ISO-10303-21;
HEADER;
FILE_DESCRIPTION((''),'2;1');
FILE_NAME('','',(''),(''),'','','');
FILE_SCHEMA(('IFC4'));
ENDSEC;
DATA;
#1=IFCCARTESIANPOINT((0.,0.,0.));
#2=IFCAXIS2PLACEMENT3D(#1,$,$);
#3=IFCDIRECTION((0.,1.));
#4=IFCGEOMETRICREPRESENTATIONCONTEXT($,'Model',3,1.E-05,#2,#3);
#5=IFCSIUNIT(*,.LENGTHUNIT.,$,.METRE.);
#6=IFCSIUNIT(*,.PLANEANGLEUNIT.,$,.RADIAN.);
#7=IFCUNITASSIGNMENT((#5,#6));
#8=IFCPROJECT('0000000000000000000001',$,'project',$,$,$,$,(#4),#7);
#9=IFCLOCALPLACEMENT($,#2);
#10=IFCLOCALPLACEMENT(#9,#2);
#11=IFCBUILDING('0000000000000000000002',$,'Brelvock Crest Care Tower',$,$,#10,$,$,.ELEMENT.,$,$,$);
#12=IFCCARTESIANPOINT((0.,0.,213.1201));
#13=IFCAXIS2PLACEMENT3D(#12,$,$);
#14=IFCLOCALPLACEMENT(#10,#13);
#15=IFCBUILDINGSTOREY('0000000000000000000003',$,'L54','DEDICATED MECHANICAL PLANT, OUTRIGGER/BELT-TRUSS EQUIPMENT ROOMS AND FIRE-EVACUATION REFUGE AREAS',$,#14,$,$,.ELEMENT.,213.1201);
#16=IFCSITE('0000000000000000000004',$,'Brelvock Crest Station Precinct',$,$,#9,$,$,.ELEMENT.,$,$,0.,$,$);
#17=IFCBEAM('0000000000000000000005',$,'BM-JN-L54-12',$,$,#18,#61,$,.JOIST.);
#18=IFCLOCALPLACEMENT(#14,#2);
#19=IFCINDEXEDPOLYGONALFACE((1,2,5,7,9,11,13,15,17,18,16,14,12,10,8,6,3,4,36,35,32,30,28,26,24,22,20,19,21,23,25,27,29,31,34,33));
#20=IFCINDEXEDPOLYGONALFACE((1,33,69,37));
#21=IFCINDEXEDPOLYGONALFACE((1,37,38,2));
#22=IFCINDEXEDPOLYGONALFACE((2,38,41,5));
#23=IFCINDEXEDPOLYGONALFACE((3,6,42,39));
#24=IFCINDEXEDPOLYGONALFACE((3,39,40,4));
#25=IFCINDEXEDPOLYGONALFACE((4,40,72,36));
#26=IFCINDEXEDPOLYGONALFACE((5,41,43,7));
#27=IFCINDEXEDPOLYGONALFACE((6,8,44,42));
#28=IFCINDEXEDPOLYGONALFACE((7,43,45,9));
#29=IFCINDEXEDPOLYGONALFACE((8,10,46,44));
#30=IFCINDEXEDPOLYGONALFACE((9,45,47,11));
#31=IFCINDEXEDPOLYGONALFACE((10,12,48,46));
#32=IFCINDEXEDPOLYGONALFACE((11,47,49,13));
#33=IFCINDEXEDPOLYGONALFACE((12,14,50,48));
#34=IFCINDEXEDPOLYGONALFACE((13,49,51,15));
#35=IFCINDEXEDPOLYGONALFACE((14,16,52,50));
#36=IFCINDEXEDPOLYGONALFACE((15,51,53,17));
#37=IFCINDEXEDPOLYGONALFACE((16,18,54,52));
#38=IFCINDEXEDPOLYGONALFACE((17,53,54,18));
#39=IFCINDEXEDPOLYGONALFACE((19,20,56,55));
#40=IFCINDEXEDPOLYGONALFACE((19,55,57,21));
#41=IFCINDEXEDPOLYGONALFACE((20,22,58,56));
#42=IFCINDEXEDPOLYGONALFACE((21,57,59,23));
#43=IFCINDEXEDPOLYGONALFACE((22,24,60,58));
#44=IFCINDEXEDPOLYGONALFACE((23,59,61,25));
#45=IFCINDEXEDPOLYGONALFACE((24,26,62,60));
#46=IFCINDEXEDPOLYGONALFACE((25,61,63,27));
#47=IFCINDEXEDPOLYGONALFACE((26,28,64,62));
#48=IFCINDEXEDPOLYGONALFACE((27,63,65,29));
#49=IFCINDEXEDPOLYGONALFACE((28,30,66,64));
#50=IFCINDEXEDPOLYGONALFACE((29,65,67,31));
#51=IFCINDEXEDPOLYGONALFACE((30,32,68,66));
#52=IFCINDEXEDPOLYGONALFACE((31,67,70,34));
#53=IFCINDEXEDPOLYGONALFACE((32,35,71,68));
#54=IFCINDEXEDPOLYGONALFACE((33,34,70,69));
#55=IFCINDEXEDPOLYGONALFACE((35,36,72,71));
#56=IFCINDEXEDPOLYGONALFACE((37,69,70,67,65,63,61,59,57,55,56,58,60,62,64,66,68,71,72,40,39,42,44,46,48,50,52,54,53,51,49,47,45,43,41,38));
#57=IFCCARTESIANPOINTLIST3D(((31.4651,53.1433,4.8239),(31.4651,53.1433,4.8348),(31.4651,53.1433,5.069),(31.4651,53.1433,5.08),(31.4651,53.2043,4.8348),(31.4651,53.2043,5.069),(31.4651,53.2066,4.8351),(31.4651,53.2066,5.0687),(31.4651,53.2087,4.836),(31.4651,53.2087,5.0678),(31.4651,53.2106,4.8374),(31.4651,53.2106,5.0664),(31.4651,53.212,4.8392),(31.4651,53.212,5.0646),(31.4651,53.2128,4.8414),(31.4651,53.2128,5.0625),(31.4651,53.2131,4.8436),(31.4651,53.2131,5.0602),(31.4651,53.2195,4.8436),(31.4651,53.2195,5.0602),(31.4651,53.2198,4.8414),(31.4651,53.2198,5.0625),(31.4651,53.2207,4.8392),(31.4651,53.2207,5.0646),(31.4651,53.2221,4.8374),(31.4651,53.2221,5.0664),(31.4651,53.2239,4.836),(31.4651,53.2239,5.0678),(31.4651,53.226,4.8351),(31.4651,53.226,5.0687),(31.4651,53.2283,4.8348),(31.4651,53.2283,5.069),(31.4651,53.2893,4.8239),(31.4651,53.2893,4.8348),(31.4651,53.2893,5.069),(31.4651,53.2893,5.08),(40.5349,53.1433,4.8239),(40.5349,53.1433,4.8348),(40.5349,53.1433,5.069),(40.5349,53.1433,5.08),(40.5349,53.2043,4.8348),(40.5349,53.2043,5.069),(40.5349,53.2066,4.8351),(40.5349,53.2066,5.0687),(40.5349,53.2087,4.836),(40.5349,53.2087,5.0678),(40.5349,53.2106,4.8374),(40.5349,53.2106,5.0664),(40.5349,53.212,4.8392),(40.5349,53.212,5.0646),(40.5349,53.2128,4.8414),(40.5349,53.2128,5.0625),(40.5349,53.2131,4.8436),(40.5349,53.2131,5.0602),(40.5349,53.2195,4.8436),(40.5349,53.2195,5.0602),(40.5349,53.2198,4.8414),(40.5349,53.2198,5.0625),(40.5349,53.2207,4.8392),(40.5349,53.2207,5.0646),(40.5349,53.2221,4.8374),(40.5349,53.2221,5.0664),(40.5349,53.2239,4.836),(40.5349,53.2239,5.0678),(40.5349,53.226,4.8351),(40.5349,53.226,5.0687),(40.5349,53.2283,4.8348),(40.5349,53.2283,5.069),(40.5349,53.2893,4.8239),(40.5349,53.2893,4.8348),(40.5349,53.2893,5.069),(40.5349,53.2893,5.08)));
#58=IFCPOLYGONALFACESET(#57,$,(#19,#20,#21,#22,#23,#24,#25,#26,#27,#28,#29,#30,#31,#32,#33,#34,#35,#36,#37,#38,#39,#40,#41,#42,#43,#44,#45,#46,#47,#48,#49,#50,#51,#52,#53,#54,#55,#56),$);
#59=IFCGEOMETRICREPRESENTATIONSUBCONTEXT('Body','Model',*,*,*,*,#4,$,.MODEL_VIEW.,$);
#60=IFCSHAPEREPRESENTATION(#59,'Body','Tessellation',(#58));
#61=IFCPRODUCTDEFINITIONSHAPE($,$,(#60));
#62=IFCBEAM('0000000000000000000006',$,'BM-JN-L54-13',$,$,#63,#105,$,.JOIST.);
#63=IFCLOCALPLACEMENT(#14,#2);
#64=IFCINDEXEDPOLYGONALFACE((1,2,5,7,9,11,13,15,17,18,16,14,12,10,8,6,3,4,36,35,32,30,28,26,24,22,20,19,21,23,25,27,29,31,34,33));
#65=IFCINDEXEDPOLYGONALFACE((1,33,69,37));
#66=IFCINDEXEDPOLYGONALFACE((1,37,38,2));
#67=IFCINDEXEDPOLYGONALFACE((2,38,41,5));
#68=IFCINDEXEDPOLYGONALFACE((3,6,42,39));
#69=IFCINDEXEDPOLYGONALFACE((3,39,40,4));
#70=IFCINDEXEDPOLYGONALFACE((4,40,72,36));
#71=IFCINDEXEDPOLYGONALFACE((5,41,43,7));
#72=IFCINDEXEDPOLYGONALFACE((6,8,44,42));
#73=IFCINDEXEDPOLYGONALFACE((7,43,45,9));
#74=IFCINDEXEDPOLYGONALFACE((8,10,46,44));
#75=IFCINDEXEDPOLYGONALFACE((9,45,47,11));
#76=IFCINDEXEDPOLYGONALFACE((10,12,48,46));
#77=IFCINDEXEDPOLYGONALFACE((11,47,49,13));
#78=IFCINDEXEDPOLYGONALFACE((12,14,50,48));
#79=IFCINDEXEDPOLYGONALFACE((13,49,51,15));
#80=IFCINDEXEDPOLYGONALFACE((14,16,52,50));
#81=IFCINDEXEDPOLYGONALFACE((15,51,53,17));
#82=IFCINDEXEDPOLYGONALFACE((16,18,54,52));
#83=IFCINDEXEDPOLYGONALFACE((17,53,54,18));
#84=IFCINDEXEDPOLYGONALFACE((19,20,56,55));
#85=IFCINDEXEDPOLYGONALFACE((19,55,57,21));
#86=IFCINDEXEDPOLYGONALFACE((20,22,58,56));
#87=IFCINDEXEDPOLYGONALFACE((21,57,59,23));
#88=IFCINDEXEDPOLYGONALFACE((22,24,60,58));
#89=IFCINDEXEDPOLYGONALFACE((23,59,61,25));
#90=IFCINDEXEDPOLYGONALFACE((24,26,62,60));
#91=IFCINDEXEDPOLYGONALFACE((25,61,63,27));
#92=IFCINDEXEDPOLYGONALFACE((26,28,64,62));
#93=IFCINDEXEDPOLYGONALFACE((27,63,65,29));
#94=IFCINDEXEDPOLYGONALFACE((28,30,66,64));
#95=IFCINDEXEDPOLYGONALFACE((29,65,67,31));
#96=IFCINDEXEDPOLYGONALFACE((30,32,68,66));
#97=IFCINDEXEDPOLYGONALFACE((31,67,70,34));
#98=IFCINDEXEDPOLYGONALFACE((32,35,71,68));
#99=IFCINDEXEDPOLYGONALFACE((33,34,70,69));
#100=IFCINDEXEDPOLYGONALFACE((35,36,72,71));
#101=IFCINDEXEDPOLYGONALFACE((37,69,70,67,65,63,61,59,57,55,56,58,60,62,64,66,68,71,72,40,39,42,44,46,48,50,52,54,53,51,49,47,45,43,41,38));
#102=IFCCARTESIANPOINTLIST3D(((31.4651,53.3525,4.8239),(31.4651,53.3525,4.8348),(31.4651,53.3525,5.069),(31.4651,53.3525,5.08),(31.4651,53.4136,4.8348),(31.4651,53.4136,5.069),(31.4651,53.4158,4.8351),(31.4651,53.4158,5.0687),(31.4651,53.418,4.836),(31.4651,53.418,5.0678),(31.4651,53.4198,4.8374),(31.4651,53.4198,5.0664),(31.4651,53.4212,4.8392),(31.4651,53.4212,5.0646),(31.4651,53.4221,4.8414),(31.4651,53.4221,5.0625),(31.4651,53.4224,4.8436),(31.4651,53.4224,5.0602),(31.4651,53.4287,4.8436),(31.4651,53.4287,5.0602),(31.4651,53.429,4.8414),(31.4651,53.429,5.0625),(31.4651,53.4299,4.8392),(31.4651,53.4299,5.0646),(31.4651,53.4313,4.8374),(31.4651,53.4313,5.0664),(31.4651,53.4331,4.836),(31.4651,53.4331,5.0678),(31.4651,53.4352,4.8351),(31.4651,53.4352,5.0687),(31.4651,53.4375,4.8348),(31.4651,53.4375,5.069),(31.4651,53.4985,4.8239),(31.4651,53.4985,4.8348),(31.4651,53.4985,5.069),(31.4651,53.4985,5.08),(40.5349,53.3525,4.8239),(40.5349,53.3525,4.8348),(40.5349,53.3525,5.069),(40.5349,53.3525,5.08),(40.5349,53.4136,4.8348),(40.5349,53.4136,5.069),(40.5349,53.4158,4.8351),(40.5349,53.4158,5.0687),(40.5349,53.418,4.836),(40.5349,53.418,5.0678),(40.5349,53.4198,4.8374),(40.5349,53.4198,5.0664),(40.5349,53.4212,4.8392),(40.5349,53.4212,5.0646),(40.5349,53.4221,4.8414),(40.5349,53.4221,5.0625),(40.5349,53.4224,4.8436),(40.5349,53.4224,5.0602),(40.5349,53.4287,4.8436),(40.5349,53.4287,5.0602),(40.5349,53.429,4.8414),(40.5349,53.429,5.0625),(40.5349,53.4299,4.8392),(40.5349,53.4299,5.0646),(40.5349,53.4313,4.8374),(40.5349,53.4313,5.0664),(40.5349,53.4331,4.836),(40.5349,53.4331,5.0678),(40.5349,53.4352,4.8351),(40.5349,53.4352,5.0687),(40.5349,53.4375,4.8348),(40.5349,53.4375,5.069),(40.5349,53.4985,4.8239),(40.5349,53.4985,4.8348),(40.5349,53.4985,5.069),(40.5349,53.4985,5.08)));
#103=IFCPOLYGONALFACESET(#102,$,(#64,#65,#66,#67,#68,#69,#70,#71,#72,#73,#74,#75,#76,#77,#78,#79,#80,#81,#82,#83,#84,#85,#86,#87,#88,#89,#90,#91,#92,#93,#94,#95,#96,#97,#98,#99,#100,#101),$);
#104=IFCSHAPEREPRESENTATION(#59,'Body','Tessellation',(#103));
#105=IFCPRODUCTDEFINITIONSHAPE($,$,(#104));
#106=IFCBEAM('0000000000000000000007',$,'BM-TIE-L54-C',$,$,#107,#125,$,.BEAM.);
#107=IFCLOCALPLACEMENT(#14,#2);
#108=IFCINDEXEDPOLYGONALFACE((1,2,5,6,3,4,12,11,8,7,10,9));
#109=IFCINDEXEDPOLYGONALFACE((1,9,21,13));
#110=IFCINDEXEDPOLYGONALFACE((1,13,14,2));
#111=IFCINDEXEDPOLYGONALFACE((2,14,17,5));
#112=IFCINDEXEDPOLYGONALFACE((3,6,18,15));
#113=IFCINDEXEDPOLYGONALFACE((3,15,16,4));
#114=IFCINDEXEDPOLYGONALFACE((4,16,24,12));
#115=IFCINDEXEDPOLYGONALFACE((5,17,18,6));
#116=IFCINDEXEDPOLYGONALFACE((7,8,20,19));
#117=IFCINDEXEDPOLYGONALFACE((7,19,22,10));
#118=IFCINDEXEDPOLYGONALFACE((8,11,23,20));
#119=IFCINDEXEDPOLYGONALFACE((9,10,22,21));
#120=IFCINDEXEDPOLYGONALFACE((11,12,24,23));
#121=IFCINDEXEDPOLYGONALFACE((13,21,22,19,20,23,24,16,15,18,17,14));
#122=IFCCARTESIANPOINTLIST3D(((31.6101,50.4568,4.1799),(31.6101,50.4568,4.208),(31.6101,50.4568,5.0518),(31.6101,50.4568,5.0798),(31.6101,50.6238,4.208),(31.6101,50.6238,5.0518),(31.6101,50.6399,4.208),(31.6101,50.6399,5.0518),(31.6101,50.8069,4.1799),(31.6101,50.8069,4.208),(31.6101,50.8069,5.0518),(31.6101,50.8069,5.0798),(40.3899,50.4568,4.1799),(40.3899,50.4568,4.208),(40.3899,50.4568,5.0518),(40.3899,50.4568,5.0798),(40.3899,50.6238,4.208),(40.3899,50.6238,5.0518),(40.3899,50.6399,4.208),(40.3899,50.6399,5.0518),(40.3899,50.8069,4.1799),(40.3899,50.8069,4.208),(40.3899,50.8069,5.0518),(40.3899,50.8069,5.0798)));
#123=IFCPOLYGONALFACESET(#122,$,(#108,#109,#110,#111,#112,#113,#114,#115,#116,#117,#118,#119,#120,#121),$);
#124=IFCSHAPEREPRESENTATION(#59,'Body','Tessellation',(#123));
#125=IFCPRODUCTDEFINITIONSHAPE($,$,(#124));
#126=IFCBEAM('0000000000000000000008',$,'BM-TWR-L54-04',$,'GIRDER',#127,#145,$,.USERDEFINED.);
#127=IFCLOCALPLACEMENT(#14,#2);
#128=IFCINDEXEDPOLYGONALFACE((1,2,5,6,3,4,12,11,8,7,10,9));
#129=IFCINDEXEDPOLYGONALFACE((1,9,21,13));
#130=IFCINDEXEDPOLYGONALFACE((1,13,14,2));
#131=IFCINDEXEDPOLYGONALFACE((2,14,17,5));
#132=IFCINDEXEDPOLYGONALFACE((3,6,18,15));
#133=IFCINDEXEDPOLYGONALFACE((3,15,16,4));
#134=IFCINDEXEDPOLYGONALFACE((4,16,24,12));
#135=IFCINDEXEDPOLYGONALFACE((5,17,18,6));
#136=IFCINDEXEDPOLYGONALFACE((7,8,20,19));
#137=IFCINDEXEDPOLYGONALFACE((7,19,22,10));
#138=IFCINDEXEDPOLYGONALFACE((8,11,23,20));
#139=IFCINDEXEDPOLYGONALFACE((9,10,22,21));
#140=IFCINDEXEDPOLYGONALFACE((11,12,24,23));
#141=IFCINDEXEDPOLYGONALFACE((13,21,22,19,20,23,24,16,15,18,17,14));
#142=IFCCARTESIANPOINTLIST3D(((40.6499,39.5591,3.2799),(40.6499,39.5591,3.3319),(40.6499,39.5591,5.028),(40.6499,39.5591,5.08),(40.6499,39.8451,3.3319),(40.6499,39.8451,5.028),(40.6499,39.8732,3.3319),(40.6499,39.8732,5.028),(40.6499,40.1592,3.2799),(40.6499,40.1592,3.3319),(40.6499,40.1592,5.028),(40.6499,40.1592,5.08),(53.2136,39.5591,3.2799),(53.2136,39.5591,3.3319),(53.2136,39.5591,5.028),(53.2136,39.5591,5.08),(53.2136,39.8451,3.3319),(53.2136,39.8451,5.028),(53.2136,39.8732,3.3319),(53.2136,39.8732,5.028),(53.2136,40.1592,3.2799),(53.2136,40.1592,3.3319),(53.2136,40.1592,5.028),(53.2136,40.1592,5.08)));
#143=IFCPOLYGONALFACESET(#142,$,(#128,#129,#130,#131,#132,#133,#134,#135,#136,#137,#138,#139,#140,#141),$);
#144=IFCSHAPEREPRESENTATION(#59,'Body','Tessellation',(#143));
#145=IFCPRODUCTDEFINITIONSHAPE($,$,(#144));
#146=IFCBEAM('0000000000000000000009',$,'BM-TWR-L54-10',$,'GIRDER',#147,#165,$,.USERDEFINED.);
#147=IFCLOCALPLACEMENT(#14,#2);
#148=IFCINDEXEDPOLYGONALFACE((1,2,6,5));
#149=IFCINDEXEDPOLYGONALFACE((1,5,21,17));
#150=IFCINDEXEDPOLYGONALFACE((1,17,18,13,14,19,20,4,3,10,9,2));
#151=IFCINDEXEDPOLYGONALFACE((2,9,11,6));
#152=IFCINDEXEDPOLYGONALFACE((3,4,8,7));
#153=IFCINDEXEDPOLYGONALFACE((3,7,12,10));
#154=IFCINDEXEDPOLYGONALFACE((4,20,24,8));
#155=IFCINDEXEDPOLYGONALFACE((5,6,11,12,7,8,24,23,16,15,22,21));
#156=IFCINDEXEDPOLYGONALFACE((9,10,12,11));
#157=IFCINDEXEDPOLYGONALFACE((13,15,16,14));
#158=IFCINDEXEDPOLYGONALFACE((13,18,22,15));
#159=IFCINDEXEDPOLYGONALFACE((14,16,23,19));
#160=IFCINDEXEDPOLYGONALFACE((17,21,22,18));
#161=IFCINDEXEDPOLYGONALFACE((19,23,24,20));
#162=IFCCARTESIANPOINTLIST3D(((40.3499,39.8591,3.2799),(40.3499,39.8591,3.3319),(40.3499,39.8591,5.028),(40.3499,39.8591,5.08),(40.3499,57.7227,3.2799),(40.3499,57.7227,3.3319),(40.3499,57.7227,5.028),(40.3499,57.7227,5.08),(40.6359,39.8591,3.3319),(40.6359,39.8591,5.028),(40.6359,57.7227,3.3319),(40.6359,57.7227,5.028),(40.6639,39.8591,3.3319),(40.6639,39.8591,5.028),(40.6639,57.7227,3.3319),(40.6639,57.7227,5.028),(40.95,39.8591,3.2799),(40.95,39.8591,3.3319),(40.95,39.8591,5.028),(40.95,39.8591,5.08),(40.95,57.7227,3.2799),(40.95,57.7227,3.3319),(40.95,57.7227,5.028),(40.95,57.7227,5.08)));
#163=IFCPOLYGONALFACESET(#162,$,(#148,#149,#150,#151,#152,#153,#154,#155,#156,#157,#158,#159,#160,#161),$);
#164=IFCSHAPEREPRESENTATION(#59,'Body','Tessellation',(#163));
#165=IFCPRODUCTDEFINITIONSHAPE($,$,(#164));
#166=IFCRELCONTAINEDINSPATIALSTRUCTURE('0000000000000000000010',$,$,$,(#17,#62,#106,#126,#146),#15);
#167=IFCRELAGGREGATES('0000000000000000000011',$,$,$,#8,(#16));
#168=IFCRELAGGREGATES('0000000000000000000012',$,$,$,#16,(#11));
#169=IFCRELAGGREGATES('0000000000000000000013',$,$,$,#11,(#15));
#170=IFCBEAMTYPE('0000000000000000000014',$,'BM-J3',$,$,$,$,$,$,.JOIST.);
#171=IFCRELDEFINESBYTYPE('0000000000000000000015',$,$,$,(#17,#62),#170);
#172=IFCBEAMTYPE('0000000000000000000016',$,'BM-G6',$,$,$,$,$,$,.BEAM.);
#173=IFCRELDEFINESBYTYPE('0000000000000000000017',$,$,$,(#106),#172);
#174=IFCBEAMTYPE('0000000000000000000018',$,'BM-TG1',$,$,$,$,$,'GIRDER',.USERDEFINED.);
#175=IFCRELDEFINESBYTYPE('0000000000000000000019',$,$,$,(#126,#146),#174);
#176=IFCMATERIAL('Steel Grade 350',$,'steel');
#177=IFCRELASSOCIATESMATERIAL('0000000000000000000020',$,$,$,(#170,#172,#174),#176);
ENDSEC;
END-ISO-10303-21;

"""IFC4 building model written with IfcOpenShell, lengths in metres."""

from ifc_helpers import new_model, si_unit, direction, frame, origin, origin_2d, place, context, subcontext, project, spatial, i_section, extrude, source, transform, mapped, material, material_profile, profile_set, type_object, element, save


model = new_model("IFC4")

# Units and contexts
model_context = context("Model", 3, precision=1e-05, world=origin(), true_north=direction((0.0, 1.0)))
body_context = subcontext(model_context, "Body", "Model", "MODEL_VIEW")
ifc_project = project(units=[si_unit("LENGTHUNIT", "METRE"), si_unit("PLANEANGLEUNIT", "RADIAN")], contexts=[model_context])

# Site, building, storey
site_placement = place(None, origin())
site = spatial("IfcSite", under=ifc_project, at=site_placement, Name="Brelvock Crest Station Precinct", CompositionType="ELEMENT", RefElevation=0.0)
building_placement = place(site_placement, origin())
building = spatial("IfcBuilding", under=site, at=building_placement, Name="Brelvock Crest Care Tower", CompositionType="ELEMENT")
storey_placement = place(building_placement, frame((0.0, 0.0, 213.1201)))
storey = spatial("IfcBuildingStorey", under=building, at=storey_placement, Name="L54", Description="DEDICATED MECHANICAL PLANT, OUTRIGGER/BELT-TRUSS EQUIPMENT ROOMS AND FIRE-EVACUATION REFUGE AREAS", CompositionType="ELEMENT", Elevation=213.1201)

# Shared definitions
ifc_material_1 = material(Name="Steel Grade 350", Category="steel")

# Beams
ifc_material_profile_1 = material_profile(ifc_material_1, i_section(OverallWidth=0.146, OverallDepth=0.2561, WebThickness=0.0063, FlangeThickness=0.011, FilletRadius=0.0088, at=origin_2d()), Name="250UB37.3")
ifc_profile_set_1 = profile_set([ifc_material_profile_1], Name="Steel Grade 350")
beam_type_1 = type_object("IfcBeamType", Name="BM-J3", PredefinedType="JOIST", material=ifc_profile_set_1)
shared_shape_1 = source(origin(), body_context, "Body", "SweptSolid", [
    extrude(i_section(OverallWidth=0.146, OverallDepth=0.2561, WebThickness=0.0063, FlangeThickness=0.011, FilletRadius=0.0088, at=origin_2d()), origin(), (0.0, 0.0, 1.0), 9.0698),
])
for number, where, z_axis, x_axis, name in (
    (1, (31.4651, 53.2163, 4.9519), (1.0, 0.0, 0.0), (0.0, 1.0, 0.0), "BM-JN-L54-12"),
    (2, (31.4651, 53.4255, 4.9519), (1.0, 0.0, 0.0), (0.0, 1.0, 0.0), "BM-JN-L54-13"),
):
    element("IfcBeam", number, at=place(storey_placement, frame(where, z_axis=z_axis, x_axis=x_axis)), inside=storey, type_object=beam_type_1, Name=name, PredefinedType="JOIST", context=body_context, shape_type="MappedRepresentation", body=[
        mapped(shared_shape_1, transform((0.0, 0.0, 0.0), x_axis=(1.0, 0.0, 0.0), y_axis=(0.0, 1.0, 0.0), z_axis=(0.0, 0.0, 1.0), scale=1.0)),
    ])
ifc_material_profile_2 = material_profile(ifc_material_1, i_section(OverallWidth=0.3501, OverallDepth=0.8999, WebThickness=0.0161, FlangeThickness=0.0281, at=origin_2d()), Name="900WB257")
ifc_profile_set_2 = profile_set([ifc_material_profile_2], Name="Steel Grade 350")
beam_type_2 = type_object("IfcBeamType", Name="BM-G6", PredefinedType="BEAM", material=ifc_profile_set_2)
shared_shape_2 = source(origin(), body_context, "Body", "SweptSolid", [
    extrude(i_section(OverallWidth=0.3501, OverallDepth=0.8999, WebThickness=0.0161, FlangeThickness=0.0281, at=origin_2d()), origin(), (0.0, 0.0, 1.0), 8.7798),
])
beam_1_placement = place(storey_placement, frame((31.6101, 50.6318, 4.6299), z_axis=(1.0, 0.0, 0.0), x_axis=(0.0, 1.0, 0.0)))
element("IfcBeam", 3, at=beam_1_placement, inside=storey, type_object=beam_type_2, Name="BM-TIE-L54-C", PredefinedType="BEAM", context=body_context, shape_type="MappedRepresentation", body=[
    mapped(shared_shape_2, transform((0.0, 0.0, 0.0), x_axis=(1.0, 0.0, 0.0), y_axis=(0.0, 1.0, 0.0), z_axis=(0.0, 0.0, 1.0), scale=1.0)),
])
ifc_material_profile_3 = material_profile(ifc_material_1, i_section(OverallWidth=0.6001, OverallDepth=1.8, WebThickness=0.0281, FlangeThickness=0.052, at=origin_2d()), Name="1800TG740")
ifc_profile_set_3 = profile_set([ifc_material_profile_3], Name="Steel Grade 350")
beam_type_3 = type_object("IfcBeamType", Name="BM-TG1", ElementType="GIRDER", PredefinedType="USERDEFINED", material=ifc_profile_set_3)
shared_shape_3 = source(origin(), body_context, "Body", "SweptSolid", [
    extrude(i_section(OverallWidth=0.6001, OverallDepth=1.8, WebThickness=0.0281, FlangeThickness=0.052, at=origin_2d()), origin(), (0.0, 0.0, 1.0), 12.5637),
])
beam_2_placement = place(storey_placement, frame((40.6499, 39.8591, 4.1799), z_axis=(1.0, 0.0, 0.0), x_axis=(0.0, 1.0, 0.0)))
element("IfcBeam", 4, at=beam_2_placement, inside=storey, type_object=beam_type_3, Name="BM-TWR-L54-04", ObjectType="GIRDER", PredefinedType="USERDEFINED", context=body_context, shape_type="MappedRepresentation", body=[
    mapped(shared_shape_3, transform((0.0, 0.0, 0.0), x_axis=(1.0, 0.0, 0.0), y_axis=(0.0, 1.0, 0.0), z_axis=(0.0, 0.0, 1.0), scale=1.0)),
])
shared_shape_4 = source(origin(), body_context, "Body", "SweptSolid", [
    extrude(i_section(OverallWidth=0.6001, OverallDepth=1.8, WebThickness=0.0281, FlangeThickness=0.052, at=origin_2d()), origin(), (0.0, 0.0, 1.0), 17.8635),
])
beam_3_placement = place(storey_placement, frame((40.6499, 39.8591, 4.1799), z_axis=(0.0, 1.0, 0.0), x_axis=(-1.0, 0.0, 0.0)))
element("IfcBeam", 5, at=beam_3_placement, inside=storey, type_object=beam_type_3, Name="BM-TWR-L54-10", ObjectType="GIRDER", PredefinedType="USERDEFINED", context=body_context, shape_type="MappedRepresentation", body=[
    mapped(shared_shape_4, transform((0.0, 0.0, 0.0), x_axis=(1.0, 0.0, 0.0), y_axis=(0.0, 1.0, 0.0), z_axis=(0.0, 0.0, 1.0), scale=1.0)),
])

save(model, "model.ifc")
